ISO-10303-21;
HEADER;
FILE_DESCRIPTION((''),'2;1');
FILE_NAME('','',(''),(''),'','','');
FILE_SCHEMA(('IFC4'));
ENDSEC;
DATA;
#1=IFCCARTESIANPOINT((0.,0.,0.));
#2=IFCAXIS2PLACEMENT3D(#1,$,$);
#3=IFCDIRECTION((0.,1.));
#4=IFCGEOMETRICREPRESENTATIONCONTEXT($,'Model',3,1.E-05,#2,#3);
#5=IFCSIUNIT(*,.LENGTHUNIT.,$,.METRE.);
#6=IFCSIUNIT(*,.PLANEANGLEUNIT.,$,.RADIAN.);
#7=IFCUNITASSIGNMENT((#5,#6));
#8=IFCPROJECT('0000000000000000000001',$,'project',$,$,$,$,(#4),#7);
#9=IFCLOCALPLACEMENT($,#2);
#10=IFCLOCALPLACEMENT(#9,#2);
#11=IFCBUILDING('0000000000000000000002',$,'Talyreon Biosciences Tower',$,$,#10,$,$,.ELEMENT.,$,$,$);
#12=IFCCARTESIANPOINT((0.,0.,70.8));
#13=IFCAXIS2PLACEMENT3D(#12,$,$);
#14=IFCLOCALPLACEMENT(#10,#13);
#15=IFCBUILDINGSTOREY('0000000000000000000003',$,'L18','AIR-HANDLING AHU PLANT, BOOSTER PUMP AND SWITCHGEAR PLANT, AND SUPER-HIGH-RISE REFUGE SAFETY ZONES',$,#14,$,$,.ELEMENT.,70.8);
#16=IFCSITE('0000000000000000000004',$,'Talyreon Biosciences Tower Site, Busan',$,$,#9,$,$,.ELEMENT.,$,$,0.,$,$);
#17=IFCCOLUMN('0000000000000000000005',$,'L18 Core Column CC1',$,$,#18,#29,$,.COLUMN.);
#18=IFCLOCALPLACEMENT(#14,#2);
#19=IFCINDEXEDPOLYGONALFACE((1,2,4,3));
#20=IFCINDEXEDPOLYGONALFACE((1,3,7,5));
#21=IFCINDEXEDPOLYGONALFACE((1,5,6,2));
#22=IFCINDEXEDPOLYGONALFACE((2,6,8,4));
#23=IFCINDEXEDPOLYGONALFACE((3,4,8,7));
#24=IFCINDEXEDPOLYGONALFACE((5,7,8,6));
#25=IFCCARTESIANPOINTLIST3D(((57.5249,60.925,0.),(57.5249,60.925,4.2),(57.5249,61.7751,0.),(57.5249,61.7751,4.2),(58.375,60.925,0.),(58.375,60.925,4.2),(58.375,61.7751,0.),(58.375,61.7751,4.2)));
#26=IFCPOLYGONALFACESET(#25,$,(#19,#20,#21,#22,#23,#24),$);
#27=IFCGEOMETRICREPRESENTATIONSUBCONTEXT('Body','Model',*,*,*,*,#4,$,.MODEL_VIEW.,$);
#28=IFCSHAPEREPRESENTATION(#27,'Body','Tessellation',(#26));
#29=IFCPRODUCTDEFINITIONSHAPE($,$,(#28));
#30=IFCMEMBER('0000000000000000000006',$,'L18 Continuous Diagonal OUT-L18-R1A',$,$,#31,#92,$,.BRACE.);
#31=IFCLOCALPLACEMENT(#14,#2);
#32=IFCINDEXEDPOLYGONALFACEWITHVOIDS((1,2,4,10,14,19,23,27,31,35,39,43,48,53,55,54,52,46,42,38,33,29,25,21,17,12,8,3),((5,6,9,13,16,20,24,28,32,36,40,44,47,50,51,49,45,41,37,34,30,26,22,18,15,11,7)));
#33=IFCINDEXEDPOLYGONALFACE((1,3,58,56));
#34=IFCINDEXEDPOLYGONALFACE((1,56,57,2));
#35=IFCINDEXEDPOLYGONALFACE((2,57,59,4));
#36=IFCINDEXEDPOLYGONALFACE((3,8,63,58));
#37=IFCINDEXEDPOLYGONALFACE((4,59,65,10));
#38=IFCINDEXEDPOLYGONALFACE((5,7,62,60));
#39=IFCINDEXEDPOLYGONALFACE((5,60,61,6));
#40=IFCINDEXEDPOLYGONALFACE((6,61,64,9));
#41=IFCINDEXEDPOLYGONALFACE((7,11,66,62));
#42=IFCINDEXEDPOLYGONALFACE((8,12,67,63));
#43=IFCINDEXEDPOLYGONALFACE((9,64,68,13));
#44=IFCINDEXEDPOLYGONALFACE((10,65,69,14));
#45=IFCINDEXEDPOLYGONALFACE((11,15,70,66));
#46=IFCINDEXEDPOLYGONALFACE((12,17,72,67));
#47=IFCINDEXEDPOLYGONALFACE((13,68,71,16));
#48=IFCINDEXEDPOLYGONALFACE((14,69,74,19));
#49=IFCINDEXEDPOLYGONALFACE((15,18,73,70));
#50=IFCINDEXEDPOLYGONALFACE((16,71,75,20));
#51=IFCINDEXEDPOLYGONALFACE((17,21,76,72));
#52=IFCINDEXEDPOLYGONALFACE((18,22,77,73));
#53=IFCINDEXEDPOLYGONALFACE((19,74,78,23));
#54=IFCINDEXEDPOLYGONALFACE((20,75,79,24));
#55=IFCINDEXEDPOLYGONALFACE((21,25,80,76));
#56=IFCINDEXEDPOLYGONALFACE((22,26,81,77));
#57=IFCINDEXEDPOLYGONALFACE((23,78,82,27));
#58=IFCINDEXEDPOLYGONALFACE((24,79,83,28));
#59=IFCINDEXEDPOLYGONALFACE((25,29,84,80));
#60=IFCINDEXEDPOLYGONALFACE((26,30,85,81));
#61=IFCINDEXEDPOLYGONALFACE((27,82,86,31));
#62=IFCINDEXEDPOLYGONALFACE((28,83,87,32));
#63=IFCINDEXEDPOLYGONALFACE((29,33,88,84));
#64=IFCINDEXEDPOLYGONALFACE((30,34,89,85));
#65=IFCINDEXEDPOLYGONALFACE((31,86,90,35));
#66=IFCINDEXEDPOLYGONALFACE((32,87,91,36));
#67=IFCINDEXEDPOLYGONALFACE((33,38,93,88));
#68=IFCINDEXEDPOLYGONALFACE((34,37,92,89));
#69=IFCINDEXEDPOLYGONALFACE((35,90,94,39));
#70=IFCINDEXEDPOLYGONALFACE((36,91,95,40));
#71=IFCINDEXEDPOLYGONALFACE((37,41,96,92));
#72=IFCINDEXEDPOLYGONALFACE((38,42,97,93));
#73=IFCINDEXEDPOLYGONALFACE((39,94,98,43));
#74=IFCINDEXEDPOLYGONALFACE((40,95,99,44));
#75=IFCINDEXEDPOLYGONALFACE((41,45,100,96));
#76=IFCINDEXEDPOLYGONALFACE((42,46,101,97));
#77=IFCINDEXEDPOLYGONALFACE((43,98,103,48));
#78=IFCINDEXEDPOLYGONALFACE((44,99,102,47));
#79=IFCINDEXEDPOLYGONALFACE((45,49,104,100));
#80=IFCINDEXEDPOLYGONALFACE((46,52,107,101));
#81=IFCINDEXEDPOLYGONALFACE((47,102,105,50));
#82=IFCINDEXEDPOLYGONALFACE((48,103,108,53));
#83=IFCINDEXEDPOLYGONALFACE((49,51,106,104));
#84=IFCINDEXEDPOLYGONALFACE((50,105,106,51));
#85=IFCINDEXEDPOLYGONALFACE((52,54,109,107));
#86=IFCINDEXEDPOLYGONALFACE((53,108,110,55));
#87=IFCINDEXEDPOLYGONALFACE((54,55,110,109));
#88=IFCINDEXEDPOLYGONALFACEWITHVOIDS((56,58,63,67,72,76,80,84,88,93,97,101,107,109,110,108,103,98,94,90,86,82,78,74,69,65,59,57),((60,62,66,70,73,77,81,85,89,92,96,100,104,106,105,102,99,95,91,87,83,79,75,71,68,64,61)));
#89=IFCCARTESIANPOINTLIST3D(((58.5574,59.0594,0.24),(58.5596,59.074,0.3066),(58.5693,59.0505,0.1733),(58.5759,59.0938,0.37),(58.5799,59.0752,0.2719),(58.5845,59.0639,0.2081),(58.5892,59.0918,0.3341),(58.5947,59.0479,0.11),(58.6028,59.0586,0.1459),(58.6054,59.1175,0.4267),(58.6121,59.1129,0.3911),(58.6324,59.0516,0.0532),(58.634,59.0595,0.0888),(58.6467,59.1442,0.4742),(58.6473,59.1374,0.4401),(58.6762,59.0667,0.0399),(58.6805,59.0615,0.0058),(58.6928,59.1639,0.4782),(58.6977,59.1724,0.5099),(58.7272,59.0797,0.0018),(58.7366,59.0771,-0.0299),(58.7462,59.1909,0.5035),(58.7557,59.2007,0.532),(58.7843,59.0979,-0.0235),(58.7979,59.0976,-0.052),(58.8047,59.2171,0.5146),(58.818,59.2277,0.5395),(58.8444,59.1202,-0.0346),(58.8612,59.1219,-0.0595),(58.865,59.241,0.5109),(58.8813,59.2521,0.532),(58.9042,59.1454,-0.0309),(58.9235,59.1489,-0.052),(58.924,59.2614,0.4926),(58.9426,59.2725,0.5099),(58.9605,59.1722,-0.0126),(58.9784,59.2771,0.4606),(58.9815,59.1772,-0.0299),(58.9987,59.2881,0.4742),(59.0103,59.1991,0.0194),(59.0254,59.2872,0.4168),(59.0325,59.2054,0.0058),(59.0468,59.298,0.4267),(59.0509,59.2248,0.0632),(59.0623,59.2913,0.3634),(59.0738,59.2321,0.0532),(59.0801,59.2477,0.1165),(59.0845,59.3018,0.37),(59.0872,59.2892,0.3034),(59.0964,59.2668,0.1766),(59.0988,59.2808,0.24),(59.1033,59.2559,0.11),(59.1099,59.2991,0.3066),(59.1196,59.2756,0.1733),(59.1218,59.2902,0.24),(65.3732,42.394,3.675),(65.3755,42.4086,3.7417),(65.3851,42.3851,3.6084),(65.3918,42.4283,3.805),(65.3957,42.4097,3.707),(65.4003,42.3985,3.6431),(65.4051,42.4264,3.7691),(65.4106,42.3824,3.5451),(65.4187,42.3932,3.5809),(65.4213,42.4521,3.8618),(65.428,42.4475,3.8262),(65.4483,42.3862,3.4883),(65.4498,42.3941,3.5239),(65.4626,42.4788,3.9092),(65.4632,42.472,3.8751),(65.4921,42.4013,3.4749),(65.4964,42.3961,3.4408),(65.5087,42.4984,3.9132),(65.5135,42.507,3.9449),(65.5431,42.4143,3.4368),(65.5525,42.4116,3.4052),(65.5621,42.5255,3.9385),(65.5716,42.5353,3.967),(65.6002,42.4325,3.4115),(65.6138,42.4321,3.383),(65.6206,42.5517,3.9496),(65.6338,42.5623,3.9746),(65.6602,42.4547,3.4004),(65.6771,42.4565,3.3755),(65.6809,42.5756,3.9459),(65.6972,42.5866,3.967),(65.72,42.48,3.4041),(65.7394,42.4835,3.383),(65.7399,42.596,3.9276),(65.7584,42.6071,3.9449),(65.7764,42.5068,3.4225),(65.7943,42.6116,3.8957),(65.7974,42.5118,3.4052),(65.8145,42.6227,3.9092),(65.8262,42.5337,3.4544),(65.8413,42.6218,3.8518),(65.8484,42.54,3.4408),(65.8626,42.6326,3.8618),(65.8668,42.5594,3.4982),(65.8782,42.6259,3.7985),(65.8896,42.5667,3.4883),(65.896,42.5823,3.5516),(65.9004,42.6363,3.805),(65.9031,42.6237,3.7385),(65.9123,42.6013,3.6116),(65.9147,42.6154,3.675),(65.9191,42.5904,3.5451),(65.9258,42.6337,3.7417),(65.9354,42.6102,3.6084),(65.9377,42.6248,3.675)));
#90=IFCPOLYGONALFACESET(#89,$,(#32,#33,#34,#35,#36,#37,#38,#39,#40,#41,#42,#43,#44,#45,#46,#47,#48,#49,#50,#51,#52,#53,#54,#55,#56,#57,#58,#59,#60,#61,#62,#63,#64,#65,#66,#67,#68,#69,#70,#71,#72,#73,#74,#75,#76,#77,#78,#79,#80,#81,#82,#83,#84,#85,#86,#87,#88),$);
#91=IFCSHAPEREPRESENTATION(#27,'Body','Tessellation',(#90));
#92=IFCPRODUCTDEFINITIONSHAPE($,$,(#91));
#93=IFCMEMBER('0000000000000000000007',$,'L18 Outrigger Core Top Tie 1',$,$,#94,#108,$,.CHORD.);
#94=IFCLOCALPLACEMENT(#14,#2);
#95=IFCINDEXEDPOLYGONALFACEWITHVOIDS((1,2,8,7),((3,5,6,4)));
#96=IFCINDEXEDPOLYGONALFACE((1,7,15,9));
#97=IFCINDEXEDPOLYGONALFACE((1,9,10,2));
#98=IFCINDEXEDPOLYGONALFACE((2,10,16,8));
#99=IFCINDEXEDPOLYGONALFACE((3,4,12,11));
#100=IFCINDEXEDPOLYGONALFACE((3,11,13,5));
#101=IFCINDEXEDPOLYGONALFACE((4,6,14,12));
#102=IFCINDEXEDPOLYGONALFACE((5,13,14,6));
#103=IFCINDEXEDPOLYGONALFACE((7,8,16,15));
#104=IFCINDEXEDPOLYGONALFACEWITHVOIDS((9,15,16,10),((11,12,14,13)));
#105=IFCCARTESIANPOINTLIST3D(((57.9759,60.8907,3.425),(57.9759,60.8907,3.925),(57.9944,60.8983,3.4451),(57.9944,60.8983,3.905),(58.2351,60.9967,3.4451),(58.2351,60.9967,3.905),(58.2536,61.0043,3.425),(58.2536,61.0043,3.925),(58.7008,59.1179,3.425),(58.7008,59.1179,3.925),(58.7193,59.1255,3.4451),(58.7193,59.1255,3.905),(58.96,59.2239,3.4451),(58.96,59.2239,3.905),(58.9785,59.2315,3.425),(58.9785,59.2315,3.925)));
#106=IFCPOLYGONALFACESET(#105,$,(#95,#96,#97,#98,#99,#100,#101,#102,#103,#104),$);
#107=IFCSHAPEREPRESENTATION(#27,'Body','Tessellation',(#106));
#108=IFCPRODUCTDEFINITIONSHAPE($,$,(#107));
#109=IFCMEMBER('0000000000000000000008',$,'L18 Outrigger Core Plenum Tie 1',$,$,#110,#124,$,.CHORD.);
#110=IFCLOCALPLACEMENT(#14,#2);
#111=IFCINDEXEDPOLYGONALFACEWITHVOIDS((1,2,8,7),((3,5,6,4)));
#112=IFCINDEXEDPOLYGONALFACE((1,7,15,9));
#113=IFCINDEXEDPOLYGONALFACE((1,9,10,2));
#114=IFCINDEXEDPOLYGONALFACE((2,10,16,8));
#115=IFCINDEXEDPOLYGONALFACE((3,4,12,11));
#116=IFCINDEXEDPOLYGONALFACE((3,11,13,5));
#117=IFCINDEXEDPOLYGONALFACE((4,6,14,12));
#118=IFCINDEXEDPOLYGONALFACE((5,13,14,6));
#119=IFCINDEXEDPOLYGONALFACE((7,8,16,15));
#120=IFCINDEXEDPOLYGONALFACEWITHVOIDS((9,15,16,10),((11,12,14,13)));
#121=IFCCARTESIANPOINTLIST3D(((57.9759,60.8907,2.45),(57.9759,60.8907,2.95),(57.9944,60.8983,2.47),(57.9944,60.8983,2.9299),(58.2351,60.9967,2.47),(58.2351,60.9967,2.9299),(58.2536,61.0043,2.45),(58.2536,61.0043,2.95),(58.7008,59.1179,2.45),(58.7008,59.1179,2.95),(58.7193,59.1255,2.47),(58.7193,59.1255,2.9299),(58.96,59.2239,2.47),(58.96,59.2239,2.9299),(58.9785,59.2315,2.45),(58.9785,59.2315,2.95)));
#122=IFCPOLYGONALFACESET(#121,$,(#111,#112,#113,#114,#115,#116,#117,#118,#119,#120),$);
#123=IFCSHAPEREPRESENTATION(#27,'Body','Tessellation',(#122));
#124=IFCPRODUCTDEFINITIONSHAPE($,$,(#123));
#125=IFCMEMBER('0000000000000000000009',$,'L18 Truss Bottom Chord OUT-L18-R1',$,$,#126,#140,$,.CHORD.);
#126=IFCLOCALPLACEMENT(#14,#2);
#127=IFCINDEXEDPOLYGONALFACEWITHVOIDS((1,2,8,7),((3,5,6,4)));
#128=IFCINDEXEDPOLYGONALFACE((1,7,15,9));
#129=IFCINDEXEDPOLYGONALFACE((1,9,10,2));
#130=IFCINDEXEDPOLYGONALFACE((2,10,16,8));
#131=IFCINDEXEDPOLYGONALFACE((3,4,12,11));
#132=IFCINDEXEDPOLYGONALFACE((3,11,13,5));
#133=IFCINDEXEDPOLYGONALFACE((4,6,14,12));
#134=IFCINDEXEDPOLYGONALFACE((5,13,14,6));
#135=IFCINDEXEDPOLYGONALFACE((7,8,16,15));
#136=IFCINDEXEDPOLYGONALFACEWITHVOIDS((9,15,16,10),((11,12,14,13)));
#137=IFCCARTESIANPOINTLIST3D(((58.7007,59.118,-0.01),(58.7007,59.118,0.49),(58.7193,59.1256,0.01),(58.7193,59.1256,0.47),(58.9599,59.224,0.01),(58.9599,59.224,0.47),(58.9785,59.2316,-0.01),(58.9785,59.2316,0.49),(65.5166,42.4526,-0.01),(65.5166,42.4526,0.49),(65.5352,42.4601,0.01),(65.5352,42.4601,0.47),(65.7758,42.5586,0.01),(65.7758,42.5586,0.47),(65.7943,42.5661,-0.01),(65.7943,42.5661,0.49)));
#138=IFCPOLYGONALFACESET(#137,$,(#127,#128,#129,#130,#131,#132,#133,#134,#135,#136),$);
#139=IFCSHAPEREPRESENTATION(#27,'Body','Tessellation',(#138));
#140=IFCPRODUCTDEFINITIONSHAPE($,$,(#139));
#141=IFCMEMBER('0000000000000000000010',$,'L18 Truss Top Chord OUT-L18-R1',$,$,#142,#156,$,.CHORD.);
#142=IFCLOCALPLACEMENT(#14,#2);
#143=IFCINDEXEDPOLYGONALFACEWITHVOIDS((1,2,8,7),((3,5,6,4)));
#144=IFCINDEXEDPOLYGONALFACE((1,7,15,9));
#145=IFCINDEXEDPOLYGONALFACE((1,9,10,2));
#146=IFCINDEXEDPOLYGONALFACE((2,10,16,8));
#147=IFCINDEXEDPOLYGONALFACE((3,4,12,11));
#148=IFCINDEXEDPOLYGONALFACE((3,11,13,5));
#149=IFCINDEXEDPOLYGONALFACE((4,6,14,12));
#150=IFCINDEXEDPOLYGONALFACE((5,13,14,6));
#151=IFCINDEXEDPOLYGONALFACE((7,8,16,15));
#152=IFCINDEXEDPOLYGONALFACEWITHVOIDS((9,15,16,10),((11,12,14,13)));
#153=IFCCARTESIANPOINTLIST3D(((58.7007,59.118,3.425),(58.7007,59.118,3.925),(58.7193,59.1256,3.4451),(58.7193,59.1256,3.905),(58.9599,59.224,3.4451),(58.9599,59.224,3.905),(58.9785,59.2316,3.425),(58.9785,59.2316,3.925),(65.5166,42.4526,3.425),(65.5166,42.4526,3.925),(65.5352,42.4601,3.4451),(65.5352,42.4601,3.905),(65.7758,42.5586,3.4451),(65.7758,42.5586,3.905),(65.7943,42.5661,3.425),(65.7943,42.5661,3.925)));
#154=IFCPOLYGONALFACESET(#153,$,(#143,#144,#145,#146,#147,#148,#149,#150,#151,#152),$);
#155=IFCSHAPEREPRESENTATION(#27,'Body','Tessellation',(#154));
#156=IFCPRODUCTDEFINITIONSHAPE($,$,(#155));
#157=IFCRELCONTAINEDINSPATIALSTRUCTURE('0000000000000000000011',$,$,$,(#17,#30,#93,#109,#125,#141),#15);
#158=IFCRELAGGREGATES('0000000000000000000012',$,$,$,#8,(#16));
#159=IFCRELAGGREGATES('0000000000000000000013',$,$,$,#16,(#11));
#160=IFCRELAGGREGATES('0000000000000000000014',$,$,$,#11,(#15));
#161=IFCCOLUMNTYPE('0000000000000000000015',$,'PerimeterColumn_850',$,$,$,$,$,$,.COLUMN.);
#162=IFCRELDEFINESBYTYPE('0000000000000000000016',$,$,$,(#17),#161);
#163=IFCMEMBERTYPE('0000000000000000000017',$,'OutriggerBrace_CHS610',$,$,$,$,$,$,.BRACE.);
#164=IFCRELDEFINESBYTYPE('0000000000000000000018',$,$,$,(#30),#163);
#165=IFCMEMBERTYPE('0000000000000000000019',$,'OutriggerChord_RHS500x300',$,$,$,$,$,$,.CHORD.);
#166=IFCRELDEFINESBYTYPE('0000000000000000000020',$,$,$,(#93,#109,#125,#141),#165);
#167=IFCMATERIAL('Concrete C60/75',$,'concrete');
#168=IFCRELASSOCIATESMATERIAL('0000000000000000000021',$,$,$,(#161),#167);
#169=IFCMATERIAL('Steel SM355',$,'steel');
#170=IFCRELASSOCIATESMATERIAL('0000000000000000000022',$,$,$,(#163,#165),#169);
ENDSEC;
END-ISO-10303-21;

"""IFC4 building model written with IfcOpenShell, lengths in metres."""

from ifc_helpers import new_model, si_unit, direction, frame, origin, origin_2d, place, context, subcontext, project, spatial, rectangle, hollow_rectangle, hollow_circle, extrude, material, material_profile, profile_set, type_object, element, save


model = new_model("IFC4")

# Units and contexts
model_context = context("Model", 3, precision=1e-05, world=origin(), true_north=direction((0.0, 1.0)))
body_context = subcontext(model_context, "Body", "Model", "MODEL_VIEW")
ifc_project = project(units=[si_unit("LENGTHUNIT", "METRE"), si_unit("PLANEANGLEUNIT", "RADIAN")], contexts=[model_context])

# Site, building, storey
site_placement = place(None, origin())
site = spatial("IfcSite", under=ifc_project, at=site_placement, Name="Talyreon Biosciences Tower Site, Busan", CompositionType="ELEMENT", RefElevation=0.0)
building_placement = place(site_placement, origin())
building = spatial("IfcBuilding", under=site, at=building_placement, Name="Talyreon Biosciences Tower", CompositionType="ELEMENT")
storey_placement = place(building_placement, frame((0.0, 0.0, 70.8)))
storey = spatial("IfcBuildingStorey", under=building, at=storey_placement, Name="L18", Description="AIR-HANDLING AHU PLANT, BOOSTER PUMP AND SWITCHGEAR PLANT, AND SUPER-HIGH-RISE REFUGE SAFETY ZONES", CompositionType="ELEMENT", Elevation=70.8)

# Column
ifc_material_1 = material(Name="Concrete C60/75", Category="concrete")
ifc_material_profile_1 = material_profile(ifc_material_1, rectangle(XDim=0.8501, YDim=0.8501, at=origin_2d()), Name="RC 850x850")
ifc_profile_set_1 = profile_set([ifc_material_profile_1], Name="Concrete C60/75")
column_type = type_object("IfcColumnType", Name="PerimeterColumn_850", PredefinedType="COLUMN", material=ifc_profile_set_1)
column_placement = place(storey_placement, frame((57.95, 61.3501, 0.0), z_axis=(0.0, 0.0, 1.0), x_axis=(1.0, 0.0, 0.0)))
element("IfcColumn", 1, at=column_placement, inside=storey, type_object=column_type, Name="L18 Core Column CC1", PredefinedType="COLUMN", context=body_context, shape_type="SweptSolid", body=[
    extrude(rectangle(XDim=0.8501, YDim=0.8501, at=origin_2d()), origin(), (0.0, 0.0, 1.0), 4.2),
])

# Members
ifc_material_2 = material(Name="Steel SM355", Category="steel")
ifc_material_profile_2 = material_profile(ifc_material_2, hollow_circle(Radius=0.3049, WallThickness=0.0249, at=origin_2d()), Name="CHS 610x25")
ifc_profile_set_2 = profile_set([ifc_material_profile_2], Name="Steel SM355")
member_type_1 = type_object("IfcMemberType", Name="OutriggerBrace_CHS610", PredefinedType="BRACE", material=ifc_profile_set_2)
member_placement = place(storey_placement, frame((58.8396, 59.1748, 0.24), z_axis=(0.371841, -0.909184, 0.187399), x_axis=(0.925582, 0.378547, 0.0)))
element("IfcMember", 2, at=member_placement, inside=storey, type_object=member_type_1, Name="L18 Continuous Diagonal OUT-L18-R1A", PredefinedType="BRACE", context=body_context, shape_type="SweptSolid", body=[
    extrude(hollow_circle(Radius=0.3049, WallThickness=0.0249, at=origin_2d()), origin(), (0.0, 0.0, 1.0), 18.3301),
])
ifc_material_profile_3 = material_profile(ifc_material_2, hollow_rectangle(XDim=0.3, YDim=0.5, WallThickness=0.02, at=origin_2d()), Name="RHS 500x300x20")
ifc_profile_set_3 = profile_set([ifc_material_profile_3], Name="Steel SM355")
member_type_2 = type_object("IfcMemberType", Name="OutriggerChord_RHS500x300", PredefinedType="CHORD", material=ifc_profile_set_3)
for number, where, z_axis, x_axis, name in (
    (3, (58.1147, 60.9475, 3.675), (0.378479, -0.92561, 0.0), (0.92561, 0.378479, 0.0), "L18 Outrigger Core Top Tie 1"),
    (4, (58.1147, 60.9475, 2.7), (0.378479, -0.92561, 0.0), (0.92561, 0.378479, 0.0), "L18 Outrigger Core Plenum Tie 1"),
):
    element("IfcMember", number, at=place(storey_placement, frame(where, z_axis=z_axis, x_axis=x_axis)), inside=storey, type_object=member_type_2, Name=name, PredefinedType="CHORD", context=body_context, shape_type="SweptSolid", body=[
        extrude(hollow_rectangle(XDim=0.3, YDim=0.5, WallThickness=0.02, at=origin_2d()), origin(), (0.0, 0.0, 1.0), 1.9153),
    ])
for number, where, z_axis, x_axis, name in (
    (5, (58.8396, 59.1748, 0.24), (0.378547, -0.925582, 0.0), (0.925582, 0.378547, 0.0), "L18 Truss Bottom Chord OUT-L18-R1"),
    (6, (58.8396, 59.1748, 3.675), (0.378547, -0.925582, 0.0), (0.925582, 0.378547, 0.0), "L18 Truss Top Chord OUT-L18-R1"),
):
    element("IfcMember", number, at=place(storey_placement, frame(where, z_axis=z_axis, x_axis=x_axis)), inside=storey, type_object=member_type_2, Name=name, PredefinedType="CHORD", context=body_context, shape_type="SweptSolid", body=[
        extrude(hollow_rectangle(XDim=0.3, YDim=0.5, WallThickness=0.02, at=origin_2d()), origin(), (0.0, 0.0, 1.0), 18.0054),
    ])

save(model, "model.ifc")
